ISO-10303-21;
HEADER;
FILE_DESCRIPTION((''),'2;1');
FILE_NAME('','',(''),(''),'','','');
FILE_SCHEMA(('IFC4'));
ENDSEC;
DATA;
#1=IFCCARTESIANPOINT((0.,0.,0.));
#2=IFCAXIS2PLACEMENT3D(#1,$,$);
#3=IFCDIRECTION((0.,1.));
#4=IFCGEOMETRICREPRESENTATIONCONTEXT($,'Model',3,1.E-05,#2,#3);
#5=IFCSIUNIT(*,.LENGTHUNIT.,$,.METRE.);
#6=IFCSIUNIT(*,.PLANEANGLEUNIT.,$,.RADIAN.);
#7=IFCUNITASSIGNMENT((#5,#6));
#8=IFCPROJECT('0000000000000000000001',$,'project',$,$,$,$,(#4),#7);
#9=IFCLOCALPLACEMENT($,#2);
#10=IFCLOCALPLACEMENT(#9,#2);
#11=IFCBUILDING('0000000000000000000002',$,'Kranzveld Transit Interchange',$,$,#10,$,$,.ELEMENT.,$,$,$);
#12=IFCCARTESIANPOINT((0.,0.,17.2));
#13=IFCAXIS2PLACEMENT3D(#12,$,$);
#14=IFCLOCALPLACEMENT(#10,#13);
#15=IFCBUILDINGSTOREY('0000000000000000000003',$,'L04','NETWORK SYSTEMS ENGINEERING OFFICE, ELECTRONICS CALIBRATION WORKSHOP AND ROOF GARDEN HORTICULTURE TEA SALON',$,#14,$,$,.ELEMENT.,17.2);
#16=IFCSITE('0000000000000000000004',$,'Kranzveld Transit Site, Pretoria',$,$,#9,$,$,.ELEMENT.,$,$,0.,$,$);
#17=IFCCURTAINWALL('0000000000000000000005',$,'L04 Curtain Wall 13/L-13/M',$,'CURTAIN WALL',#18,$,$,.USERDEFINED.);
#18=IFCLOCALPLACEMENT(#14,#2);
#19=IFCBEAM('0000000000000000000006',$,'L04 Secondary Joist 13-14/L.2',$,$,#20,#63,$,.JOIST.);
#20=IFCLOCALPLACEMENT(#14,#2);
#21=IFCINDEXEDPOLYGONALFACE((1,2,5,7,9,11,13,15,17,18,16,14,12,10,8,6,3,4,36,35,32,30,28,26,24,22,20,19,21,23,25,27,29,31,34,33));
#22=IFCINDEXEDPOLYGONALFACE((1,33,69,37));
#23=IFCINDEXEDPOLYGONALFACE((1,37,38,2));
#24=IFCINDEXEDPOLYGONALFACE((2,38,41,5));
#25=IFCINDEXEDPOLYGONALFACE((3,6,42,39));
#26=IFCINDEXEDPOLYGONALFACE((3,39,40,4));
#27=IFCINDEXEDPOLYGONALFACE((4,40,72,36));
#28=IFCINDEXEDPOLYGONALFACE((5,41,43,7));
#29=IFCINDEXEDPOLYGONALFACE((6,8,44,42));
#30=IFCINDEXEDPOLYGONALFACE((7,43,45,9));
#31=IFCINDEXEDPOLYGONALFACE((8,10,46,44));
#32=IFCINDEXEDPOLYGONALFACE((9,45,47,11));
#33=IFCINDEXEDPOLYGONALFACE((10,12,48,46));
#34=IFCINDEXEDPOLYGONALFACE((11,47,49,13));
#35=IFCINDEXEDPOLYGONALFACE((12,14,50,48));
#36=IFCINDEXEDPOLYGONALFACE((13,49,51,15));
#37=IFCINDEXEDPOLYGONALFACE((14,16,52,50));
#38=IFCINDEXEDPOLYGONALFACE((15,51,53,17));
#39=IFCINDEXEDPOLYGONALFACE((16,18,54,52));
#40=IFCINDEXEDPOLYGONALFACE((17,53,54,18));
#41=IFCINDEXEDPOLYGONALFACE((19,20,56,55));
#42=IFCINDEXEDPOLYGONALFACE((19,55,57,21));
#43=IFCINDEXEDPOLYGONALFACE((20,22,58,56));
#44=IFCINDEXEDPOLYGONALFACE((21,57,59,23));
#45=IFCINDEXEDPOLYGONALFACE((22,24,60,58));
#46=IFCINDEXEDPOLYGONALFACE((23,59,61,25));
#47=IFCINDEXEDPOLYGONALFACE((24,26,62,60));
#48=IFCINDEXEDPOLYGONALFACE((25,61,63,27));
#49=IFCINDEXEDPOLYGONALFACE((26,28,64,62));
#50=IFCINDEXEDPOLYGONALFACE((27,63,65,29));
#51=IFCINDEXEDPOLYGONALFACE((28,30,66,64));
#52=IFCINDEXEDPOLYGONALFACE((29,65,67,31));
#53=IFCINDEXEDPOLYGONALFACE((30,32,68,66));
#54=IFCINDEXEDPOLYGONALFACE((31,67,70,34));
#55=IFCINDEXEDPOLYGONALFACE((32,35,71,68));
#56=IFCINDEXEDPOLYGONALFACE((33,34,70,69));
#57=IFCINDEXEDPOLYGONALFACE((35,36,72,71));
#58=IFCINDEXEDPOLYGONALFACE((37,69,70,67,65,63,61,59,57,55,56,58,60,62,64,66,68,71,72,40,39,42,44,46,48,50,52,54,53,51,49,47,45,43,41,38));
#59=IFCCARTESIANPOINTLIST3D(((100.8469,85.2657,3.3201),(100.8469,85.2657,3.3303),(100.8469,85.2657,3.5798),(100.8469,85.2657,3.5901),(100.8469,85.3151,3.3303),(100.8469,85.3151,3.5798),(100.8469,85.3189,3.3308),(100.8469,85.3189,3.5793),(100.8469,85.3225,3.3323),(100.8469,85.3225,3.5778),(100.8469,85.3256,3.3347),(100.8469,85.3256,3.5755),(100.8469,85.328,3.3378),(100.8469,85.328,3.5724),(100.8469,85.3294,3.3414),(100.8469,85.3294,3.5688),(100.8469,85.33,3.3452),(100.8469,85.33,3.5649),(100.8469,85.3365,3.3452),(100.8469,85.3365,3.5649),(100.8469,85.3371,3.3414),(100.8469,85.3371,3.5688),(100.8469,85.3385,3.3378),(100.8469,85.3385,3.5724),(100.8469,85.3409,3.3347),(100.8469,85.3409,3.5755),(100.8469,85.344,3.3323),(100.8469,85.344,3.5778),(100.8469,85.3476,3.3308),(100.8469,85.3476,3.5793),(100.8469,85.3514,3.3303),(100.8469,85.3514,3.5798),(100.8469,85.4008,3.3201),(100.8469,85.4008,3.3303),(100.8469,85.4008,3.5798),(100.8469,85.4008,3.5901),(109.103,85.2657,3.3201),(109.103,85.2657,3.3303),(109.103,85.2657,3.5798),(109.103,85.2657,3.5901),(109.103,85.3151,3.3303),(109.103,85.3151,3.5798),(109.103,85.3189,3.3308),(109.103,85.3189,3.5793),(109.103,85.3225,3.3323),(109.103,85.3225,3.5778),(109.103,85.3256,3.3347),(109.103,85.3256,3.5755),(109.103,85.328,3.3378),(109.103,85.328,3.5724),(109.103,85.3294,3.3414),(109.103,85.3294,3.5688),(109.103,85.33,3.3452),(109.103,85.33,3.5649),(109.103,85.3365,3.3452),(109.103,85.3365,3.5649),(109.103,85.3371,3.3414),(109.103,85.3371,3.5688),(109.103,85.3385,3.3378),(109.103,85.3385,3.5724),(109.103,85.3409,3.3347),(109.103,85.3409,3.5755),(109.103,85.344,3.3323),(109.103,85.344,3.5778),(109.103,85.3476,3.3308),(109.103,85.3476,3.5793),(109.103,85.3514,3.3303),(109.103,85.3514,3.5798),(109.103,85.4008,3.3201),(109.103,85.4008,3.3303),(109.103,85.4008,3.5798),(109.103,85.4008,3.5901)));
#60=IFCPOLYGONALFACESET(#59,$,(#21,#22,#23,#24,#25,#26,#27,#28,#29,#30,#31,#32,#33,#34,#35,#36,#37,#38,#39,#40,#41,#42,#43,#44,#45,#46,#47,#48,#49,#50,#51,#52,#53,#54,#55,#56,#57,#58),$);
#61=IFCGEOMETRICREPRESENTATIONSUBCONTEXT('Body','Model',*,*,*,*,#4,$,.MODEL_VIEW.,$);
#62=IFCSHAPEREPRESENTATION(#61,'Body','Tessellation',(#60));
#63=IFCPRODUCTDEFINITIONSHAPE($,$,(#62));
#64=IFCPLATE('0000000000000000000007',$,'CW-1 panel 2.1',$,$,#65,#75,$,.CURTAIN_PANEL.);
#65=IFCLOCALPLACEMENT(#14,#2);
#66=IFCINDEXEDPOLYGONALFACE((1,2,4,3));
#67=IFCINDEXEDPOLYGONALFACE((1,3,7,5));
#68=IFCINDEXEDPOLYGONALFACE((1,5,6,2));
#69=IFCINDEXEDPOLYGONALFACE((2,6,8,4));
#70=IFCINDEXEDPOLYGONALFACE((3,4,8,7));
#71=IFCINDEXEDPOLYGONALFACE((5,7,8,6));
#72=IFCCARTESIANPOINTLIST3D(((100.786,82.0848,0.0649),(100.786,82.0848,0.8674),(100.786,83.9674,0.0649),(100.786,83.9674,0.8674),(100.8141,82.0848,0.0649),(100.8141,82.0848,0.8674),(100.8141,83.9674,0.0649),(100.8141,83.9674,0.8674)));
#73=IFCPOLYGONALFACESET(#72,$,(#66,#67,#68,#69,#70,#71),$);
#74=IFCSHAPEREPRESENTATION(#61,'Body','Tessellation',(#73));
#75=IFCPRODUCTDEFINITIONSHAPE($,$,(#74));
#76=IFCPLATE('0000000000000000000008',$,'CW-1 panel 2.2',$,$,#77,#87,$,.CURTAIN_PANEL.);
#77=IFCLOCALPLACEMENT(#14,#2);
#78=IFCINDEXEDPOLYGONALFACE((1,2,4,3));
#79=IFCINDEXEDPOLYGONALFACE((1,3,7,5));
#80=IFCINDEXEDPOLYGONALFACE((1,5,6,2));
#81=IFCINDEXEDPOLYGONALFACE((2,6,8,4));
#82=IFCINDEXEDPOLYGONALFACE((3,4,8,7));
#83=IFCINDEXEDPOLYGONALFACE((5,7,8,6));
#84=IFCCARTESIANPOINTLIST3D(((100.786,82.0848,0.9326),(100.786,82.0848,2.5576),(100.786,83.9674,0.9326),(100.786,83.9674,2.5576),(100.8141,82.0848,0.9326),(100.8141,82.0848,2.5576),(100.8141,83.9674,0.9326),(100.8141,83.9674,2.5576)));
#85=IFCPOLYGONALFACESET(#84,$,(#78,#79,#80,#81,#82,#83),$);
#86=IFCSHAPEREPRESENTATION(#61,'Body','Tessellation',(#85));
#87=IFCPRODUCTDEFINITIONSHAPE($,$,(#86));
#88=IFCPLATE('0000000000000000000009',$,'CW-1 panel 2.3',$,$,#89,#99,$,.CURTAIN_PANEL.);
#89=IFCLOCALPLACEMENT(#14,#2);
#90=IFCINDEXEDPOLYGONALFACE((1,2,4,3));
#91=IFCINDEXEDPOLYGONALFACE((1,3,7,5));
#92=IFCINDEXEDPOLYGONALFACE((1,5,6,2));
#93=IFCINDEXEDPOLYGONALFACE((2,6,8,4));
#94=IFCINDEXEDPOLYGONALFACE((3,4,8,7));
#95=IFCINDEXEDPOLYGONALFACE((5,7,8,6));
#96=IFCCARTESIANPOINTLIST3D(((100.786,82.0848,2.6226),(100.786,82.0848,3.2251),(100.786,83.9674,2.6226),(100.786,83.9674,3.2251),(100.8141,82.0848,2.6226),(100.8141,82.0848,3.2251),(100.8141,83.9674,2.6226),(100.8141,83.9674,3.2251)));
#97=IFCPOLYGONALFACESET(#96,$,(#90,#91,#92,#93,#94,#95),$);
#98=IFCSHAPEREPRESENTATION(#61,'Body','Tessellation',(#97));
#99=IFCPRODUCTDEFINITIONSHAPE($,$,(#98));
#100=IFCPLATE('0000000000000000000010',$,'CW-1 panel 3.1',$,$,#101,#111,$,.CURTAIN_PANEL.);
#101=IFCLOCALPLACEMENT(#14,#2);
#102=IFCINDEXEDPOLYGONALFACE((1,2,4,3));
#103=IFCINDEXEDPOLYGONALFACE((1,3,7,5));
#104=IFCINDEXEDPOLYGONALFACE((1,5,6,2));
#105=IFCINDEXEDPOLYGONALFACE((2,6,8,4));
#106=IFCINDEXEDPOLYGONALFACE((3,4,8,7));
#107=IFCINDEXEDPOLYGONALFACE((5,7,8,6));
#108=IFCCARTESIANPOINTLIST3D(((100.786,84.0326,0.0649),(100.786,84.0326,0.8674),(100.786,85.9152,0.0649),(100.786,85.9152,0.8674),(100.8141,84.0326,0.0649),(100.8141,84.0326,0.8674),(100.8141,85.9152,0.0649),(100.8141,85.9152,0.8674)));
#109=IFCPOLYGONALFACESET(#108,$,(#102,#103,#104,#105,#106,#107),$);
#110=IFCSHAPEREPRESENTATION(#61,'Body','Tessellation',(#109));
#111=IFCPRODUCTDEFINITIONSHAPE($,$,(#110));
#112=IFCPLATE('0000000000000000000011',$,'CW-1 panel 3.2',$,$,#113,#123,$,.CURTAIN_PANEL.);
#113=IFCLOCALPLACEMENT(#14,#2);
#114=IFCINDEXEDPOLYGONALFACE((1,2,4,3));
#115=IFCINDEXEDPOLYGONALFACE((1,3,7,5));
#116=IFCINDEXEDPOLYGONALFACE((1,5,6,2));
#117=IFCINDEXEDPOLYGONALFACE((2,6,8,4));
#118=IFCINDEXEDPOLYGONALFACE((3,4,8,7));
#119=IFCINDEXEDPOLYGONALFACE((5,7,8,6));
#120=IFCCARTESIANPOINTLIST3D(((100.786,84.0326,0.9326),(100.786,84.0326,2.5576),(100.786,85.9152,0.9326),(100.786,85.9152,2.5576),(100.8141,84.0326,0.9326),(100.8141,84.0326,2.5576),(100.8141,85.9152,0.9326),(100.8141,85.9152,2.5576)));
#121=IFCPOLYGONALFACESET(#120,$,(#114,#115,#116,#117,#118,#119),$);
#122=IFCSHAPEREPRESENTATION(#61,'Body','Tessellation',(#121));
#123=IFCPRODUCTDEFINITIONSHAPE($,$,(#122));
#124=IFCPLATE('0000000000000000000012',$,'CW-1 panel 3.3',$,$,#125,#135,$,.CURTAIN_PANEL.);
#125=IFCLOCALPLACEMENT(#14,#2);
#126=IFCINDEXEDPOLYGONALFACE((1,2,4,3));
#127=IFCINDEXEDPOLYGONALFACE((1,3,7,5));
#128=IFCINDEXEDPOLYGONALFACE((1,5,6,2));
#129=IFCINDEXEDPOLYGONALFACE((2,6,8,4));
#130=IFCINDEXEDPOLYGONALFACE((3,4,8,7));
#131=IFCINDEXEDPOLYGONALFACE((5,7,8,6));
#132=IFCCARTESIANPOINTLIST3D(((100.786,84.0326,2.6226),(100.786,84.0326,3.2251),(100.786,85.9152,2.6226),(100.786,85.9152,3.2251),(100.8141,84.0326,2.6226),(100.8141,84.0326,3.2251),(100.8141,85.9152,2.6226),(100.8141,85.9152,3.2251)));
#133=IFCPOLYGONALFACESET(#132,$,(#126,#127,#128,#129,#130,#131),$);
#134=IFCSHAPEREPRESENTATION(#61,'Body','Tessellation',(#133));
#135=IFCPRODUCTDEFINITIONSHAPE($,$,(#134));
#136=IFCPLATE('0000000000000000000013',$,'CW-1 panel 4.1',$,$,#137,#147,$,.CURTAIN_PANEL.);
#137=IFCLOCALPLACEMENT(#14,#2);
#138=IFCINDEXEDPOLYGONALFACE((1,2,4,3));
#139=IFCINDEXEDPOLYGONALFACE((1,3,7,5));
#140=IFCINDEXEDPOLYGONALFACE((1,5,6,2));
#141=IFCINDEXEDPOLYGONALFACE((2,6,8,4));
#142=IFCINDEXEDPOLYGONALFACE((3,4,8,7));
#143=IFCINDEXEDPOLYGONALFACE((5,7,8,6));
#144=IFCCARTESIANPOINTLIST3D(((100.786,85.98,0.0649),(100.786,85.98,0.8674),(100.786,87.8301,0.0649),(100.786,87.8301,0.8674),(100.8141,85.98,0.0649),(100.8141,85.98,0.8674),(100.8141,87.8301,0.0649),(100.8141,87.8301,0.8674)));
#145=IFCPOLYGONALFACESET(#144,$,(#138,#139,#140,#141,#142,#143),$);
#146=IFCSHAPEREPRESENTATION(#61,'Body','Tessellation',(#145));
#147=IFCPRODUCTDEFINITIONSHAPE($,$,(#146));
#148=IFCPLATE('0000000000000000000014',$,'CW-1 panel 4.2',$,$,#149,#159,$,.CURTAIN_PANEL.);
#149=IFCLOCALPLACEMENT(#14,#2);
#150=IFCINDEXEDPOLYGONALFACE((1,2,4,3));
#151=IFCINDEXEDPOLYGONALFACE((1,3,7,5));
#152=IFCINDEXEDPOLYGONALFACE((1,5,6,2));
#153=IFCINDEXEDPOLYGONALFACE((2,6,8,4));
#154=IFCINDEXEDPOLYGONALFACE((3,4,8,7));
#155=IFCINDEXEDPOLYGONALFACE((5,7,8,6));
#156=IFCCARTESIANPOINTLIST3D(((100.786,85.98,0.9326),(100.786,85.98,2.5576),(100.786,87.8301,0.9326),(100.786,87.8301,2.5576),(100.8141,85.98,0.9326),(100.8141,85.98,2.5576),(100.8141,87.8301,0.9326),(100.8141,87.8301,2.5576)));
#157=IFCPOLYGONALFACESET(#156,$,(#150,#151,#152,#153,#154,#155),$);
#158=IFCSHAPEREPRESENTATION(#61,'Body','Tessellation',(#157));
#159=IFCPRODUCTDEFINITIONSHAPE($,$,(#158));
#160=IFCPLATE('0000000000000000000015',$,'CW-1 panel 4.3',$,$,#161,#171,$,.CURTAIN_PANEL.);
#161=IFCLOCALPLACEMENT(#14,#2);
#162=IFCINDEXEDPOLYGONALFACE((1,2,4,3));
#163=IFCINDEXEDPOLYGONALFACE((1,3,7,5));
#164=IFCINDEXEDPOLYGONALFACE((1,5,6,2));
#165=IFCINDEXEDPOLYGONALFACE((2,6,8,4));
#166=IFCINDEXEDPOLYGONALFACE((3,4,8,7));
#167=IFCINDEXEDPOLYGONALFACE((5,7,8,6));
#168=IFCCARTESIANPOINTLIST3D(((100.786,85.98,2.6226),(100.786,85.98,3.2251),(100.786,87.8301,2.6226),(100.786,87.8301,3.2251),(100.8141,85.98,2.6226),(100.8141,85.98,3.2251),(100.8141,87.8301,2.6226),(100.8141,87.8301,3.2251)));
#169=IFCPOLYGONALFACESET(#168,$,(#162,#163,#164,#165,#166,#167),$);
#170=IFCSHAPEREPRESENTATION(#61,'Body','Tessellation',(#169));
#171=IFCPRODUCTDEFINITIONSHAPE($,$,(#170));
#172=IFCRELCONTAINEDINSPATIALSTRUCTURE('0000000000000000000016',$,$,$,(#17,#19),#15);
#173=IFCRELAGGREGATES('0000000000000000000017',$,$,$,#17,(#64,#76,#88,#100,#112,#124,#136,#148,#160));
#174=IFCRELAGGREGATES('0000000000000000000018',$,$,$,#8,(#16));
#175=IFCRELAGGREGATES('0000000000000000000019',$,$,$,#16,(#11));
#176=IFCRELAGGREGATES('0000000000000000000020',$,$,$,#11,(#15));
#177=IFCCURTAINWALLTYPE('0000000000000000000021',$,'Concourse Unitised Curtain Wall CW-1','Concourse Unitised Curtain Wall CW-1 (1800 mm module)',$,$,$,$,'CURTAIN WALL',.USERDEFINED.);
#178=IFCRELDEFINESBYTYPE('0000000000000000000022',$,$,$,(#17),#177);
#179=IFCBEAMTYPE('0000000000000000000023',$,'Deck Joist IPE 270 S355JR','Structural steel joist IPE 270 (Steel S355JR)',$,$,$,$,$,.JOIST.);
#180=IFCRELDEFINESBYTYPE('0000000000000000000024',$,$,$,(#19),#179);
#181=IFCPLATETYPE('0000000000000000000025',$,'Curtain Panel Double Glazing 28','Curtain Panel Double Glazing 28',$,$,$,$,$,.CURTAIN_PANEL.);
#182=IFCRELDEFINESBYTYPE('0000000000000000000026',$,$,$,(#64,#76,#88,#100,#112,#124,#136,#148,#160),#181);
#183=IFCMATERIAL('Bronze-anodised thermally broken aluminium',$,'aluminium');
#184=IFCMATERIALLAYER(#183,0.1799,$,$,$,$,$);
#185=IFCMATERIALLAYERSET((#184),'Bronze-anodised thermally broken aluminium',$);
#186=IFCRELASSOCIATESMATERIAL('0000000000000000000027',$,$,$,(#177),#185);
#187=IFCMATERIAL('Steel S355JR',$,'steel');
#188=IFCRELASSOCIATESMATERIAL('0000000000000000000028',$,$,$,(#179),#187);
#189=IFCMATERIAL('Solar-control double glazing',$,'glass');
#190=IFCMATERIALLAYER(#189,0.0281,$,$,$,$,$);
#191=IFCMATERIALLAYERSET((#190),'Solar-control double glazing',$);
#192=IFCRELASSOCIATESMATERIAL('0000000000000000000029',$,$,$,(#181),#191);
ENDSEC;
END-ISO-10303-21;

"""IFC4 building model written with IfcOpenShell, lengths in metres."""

from ifc_helpers import new_model, si_unit, direction, frame, origin, origin_2d, place, context, subcontext, project, spatial, rectangle, i_section, extrude, material, layer, layer_set, material_profile, profile_set, type_object, element, aggregate, save


model = new_model("IFC4")

# Units and contexts
model_context = context("Model", 3, precision=1e-05, world=origin(), true_north=direction((0.0, 1.0)))
body_context = subcontext(model_context, "Body", "Model", "MODEL_VIEW")
ifc_project = project(units=[si_unit("LENGTHUNIT", "METRE"), si_unit("PLANEANGLEUNIT", "RADIAN")], contexts=[model_context])

# Site, building, storey
site_placement = place(None, origin())
site = spatial("IfcSite", under=ifc_project, at=site_placement, Name="Kranzveld Transit Site, Pretoria", CompositionType="ELEMENT", RefElevation=0.0)
building_placement = place(site_placement, origin())
building = spatial("IfcBuilding", under=site, at=building_placement, Name="Kranzveld Transit Interchange", CompositionType="ELEMENT")
storey_placement = place(building_placement, frame((0.0, 0.0, 17.2)))
storey = spatial("IfcBuildingStorey", under=building, at=storey_placement, Name="L04", Description="NETWORK SYSTEMS ENGINEERING OFFICE, ELECTRONICS CALIBRATION WORKSHOP AND ROOF GARDEN HORTICULTURE TEA SALON", CompositionType="ELEMENT", Elevation=17.2)

# Curtain wall
ifc_material_1 = material(Name="Bronze-anodised thermally broken aluminium", Category="aluminium")
ifc_layer_1 = layer(ifc_material_1, 0.1799)
ifc_layer_set_1 = layer_set([ifc_layer_1], Name="Bronze-anodised thermally broken aluminium")
curtain_wall_type = type_object("IfcCurtainWallType", Name="Concourse Unitised Curtain Wall CW-1", Description="Concourse Unitised Curtain Wall CW-1 (1800 mm module)", ElementType="CURTAIN WALL", PredefinedType="USERDEFINED", material=ifc_layer_set_1)
curtain_wall_placement = place(storey_placement, origin())
curtain_wall = element("IfcCurtainWall", 1, at=curtain_wall_placement, inside=storey, type_object=curtain_wall_type, Name="L04 Curtain Wall 13/L-13/M", ObjectType="CURTAIN WALL", PredefinedType="USERDEFINED")

# Beam
ifc_material_2 = material(Name="Steel S355JR", Category="steel")
ifc_material_profile_1 = material_profile(ifc_material_2, i_section(OverallWidth=0.135, OverallDepth=0.27, WebThickness=0.0066, FlangeThickness=0.0103, FilletRadius=0.0149, at=origin_2d()), Name="IPE 270")
ifc_profile_set_1 = profile_set([ifc_material_profile_1], Name="Steel S355JR")
beam_type_1 = type_object("IfcBeamType", Name="Deck Joist IPE 270 S355JR", Description="Structural steel joist IPE 270 (Steel S355JR)", PredefinedType="JOIST", material=ifc_profile_set_1)
for number, where, z_axis, x_axis, name in (
    (2, (100.8469, 85.3333, 3.4551), (1.0, 0.0, 0.0), (0.0, 1.0, 0.0), "L04 Secondary Joist 13-14/L.2"),
):
    element("IfcBeam", number, at=place(storey_placement, frame(where, z_axis=z_axis, x_axis=x_axis)), inside=storey, type_object=beam_type_1, Name=name, PredefinedType="JOIST", context=body_context, shape_type="SweptSolid", body=[
        extrude(i_section(OverallWidth=0.135, OverallDepth=0.27, WebThickness=0.0066, FlangeThickness=0.0103, FilletRadius=0.0149, at=origin_2d()), origin(), (0.0, 0.0, 1.0), 8.2561),
    ])

# Plates
ifc_material_3 = material(Name="Solar-control double glazing", Category="glass")
ifc_layer_2 = layer(ifc_material_3, 0.0281)
ifc_layer_set_2 = layer_set([ifc_layer_2], Name="Solar-control double glazing")
plate_type = type_object("IfcPlateType", Name="Curtain Panel Double Glazing 28", Description="Curtain Panel Double Glazing 28", PredefinedType="CURTAIN_PANEL", material=ifc_layer_set_2)
plate_1_placement = place(storey_placement, frame((100.8, 83.0261, 0.0649), z_axis=(0.0, 0.0, 1.0), x_axis=(0.0, 1.0, 0.0)))
plate_1 = element("IfcPlate", 3, at=plate_1_placement, type_object=plate_type, Name="CW-1 panel 2.1", PredefinedType="CURTAIN_PANEL", context=body_context, shape_type="SweptSolid", body=[
    extrude(rectangle(XDim=1.8826, YDim=0.0281, at=origin_2d()), origin(), (0.0, 0.0, 1.0), 0.8025),
])
plate_2_placement = place(storey_placement, frame((100.8, 83.0261, 0.9326), z_axis=(0.0, 0.0, 1.0), x_axis=(0.0, 1.0, 0.0)))
plate_2 = element("IfcPlate", 4, at=plate_2_placement, type_object=plate_type, Name="CW-1 panel 2.2", PredefinedType="CURTAIN_PANEL", context=body_context, shape_type="SweptSolid", body=[
    extrude(rectangle(XDim=1.8826, YDim=0.0281, at=origin_2d()), origin(), (0.0, 0.0, 1.0), 1.625),
])
plate_3_placement = place(storey_placement, frame((100.8, 83.0261, 2.6226), z_axis=(0.0, 0.0, 1.0), x_axis=(0.0, 1.0, 0.0)))
plate_3 = element("IfcPlate", 5, at=plate_3_placement, type_object=plate_type, Name="CW-1 panel 2.3", PredefinedType="CURTAIN_PANEL", context=body_context, shape_type="SweptSolid", body=[
    extrude(rectangle(XDim=1.8826, YDim=0.0281, at=origin_2d()), origin(), (0.0, 0.0, 1.0), 0.6025),
])
plate_4_placement = place(storey_placement, frame((100.8, 84.9739, 0.0649), z_axis=(0.0, 0.0, 1.0), x_axis=(0.0, 1.0, 0.0)))
plate_4 = element("IfcPlate", 6, at=plate_4_placement, type_object=plate_type, Name="CW-1 panel 3.1", PredefinedType="CURTAIN_PANEL", context=body_context, shape_type="SweptSolid", body=[
    extrude(rectangle(XDim=1.8826, YDim=0.0281, at=origin_2d()), origin(), (0.0, 0.0, 1.0), 0.8025),
])
plate_5_placement = place(storey_placement, frame((100.8, 84.9739, 0.9326), z_axis=(0.0, 0.0, 1.0), x_axis=(0.0, 1.0, 0.0)))
plate_5 = element("IfcPlate", 7, at=plate_5_placement, type_object=plate_type, Name="CW-1 panel 3.2", PredefinedType="CURTAIN_PANEL", context=body_context, shape_type="SweptSolid", body=[
    extrude(rectangle(XDim=1.8826, YDim=0.0281, at=origin_2d()), origin(), (0.0, 0.0, 1.0), 1.625),
])
plate_6_placement = place(storey_placement, frame((100.8, 84.9739, 2.6226), z_axis=(0.0, 0.0, 1.0), x_axis=(0.0, 1.0, 0.0)))
plate_6 = element("IfcPlate", 8, at=plate_6_placement, type_object=plate_type, Name="CW-1 panel 3.3", PredefinedType="CURTAIN_PANEL", context=body_context, shape_type="SweptSolid", body=[
    extrude(rectangle(XDim=1.8826, YDim=0.0281, at=origin_2d()), origin(), (0.0, 0.0, 1.0), 0.6025),
])
plate_7_placement = place(storey_placement, frame((100.8, 86.905, 0.0649), z_axis=(0.0, 0.0, 1.0), x_axis=(0.0, 1.0, 0.0)))
plate_7 = element("IfcPlate", 9, at=plate_7_placement, type_object=plate_type, Name="CW-1 panel 4.1", PredefinedType="CURTAIN_PANEL", context=body_context, shape_type="SweptSolid", body=[
    extrude(rectangle(XDim=1.8501, YDim=0.0281, at=origin_2d()), origin(), (0.0, 0.0, 1.0), 0.8025),
])
plate_8_placement = place(storey_placement, frame((100.8, 86.905, 0.9326), z_axis=(0.0, 0.0, 1.0), x_axis=(0.0, 1.0, 0.0)))
plate_8 = element("IfcPlate", 10, at=plate_8_placement, type_object=plate_type, Name="CW-1 panel 4.2", PredefinedType="CURTAIN_PANEL", context=body_context, shape_type="SweptSolid", body=[
    extrude(rectangle(XDim=1.8501, YDim=0.0281, at=origin_2d()), origin(), (0.0, 0.0, 1.0), 1.625),
])
plate_9_placement = place(storey_placement, frame((100.8, 86.905, 2.6226), z_axis=(0.0, 0.0, 1.0), x_axis=(0.0, 1.0, 0.0)))
plate_9 = element("IfcPlate", 11, at=plate_9_placement, type_object=plate_type, Name="CW-1 panel 4.3", PredefinedType="CURTAIN_PANEL", context=body_context, shape_type="SweptSolid", body=[
    extrude(rectangle(XDim=1.8501, YDim=0.0281, at=origin_2d()), origin(), (0.0, 0.0, 1.0), 0.6025),
])
aggregate(curtain_wall, [plate_1, plate_2, plate_3, plate_4, plate_5, plate_6, plate_7, plate_8, plate_9])

save(model, "model.ifc")
